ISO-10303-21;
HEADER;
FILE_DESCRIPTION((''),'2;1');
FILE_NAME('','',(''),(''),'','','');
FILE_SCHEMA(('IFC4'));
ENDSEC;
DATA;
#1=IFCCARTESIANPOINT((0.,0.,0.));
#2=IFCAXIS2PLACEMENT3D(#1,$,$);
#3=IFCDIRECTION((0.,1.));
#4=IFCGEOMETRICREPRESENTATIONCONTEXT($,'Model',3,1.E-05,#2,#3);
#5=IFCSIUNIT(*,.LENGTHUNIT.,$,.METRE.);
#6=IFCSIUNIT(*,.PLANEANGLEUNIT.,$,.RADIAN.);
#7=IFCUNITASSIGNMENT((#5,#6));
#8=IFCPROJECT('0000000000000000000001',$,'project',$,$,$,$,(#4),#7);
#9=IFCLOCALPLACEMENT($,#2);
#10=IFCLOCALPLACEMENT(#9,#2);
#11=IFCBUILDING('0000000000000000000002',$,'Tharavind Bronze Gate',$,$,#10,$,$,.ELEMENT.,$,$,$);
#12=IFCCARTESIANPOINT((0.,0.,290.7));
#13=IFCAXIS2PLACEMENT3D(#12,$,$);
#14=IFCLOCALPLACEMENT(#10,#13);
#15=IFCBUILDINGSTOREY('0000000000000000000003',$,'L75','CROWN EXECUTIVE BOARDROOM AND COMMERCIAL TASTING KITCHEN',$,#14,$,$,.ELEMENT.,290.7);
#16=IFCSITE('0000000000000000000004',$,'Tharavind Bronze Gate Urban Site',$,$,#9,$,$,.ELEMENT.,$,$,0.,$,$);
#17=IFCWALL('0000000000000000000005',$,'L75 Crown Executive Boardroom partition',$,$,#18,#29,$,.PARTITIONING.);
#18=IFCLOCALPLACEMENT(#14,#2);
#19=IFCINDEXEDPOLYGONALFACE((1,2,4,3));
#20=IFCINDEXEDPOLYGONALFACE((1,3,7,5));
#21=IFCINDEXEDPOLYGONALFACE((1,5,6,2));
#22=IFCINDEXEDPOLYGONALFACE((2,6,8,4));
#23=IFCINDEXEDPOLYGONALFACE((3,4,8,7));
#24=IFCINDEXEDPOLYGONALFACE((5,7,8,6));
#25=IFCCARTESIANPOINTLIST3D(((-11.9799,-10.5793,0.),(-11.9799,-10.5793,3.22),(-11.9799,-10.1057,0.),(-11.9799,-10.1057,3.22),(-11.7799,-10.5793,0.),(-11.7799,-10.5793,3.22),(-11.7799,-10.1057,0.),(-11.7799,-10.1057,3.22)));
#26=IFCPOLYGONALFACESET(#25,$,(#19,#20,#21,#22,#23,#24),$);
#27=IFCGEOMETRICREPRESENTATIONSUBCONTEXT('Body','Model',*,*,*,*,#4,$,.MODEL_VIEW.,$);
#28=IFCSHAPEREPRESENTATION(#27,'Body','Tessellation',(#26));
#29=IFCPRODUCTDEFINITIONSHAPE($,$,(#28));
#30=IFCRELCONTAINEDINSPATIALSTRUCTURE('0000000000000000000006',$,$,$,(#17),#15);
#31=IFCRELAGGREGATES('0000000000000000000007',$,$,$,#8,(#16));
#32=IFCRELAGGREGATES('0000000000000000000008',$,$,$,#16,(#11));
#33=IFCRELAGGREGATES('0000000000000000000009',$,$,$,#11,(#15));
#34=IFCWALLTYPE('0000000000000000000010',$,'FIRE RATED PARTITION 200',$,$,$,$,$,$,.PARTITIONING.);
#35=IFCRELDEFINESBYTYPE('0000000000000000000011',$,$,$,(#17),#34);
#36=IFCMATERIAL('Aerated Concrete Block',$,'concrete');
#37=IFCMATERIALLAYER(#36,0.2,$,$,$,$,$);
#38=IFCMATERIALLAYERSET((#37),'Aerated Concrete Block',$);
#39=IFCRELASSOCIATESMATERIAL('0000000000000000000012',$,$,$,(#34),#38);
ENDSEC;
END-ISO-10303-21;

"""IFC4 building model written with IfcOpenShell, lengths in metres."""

from ifc_helpers import new_model, si_unit, direction, frame, frame_2d, origin, place, context, subcontext, project, spatial, rectangle, extrude, material, layer, layer_set, type_object, element, save


model = new_model("IFC4")

# Units and contexts
model_context = context("Model", 3, precision=1e-05, world=origin(), true_north=direction((0.0, 1.0)))
body_context = subcontext(model_context, "Body", "Model", "MODEL_VIEW")
ifc_project = project(units=[si_unit("LENGTHUNIT", "METRE"), si_unit("PLANEANGLEUNIT", "RADIAN")], contexts=[model_context])

# Site, building, storey
site_placement = place(None, origin())
site = spatial("IfcSite", under=ifc_project, at=site_placement, Name="Tharavind Bronze Gate Urban Site", CompositionType="ELEMENT", RefElevation=0.0)
building_placement = place(site_placement, origin())
building = spatial("IfcBuilding", under=site, at=building_placement, Name="Tharavind Bronze Gate", CompositionType="ELEMENT")
storey_placement = place(building_placement, frame((0.0, 0.0, 290.7)))
storey = spatial("IfcBuildingStorey", under=building, at=storey_placement, Name="L75", Description="CROWN EXECUTIVE BOARDROOM AND COMMERCIAL TASTING KITCHEN", CompositionType="ELEMENT", Elevation=290.7)

# Shared definitions
ifc_material_1 = material(Name="Aerated Concrete Block", Category="concrete")
ifc_layer_1 = layer(ifc_material_1, 0.2)
ifc_layer_set_1 = layer_set([ifc_layer_1], Name="Aerated Concrete Block")
wall_type = type_object("IfcWallType", Name="FIRE RATED PARTITION 200", PredefinedType="PARTITIONING", material=ifc_layer_set_1)

# Wall
wall_1_placement = place(storey_placement, frame((-11.8799, -10.1057, 0.0), z_axis=(0.0, 0.0, 1.0), x_axis=(0.0, -1.0, 0.0)))
element("IfcWall", 1, at=wall_1_placement, inside=storey, type_object=wall_type, Name="L75 Crown Executive Boardroom partition", PredefinedType="PARTITIONING", context=body_context, shape_type="SweptSolid", body=[
    extrude(rectangle(XDim=0.4736, YDim=0.2, at=frame_2d((0.2368, 0.0))), origin(), (0.0, 0.0, 1.0), 3.22),
])

save(model, "model.ifc")
